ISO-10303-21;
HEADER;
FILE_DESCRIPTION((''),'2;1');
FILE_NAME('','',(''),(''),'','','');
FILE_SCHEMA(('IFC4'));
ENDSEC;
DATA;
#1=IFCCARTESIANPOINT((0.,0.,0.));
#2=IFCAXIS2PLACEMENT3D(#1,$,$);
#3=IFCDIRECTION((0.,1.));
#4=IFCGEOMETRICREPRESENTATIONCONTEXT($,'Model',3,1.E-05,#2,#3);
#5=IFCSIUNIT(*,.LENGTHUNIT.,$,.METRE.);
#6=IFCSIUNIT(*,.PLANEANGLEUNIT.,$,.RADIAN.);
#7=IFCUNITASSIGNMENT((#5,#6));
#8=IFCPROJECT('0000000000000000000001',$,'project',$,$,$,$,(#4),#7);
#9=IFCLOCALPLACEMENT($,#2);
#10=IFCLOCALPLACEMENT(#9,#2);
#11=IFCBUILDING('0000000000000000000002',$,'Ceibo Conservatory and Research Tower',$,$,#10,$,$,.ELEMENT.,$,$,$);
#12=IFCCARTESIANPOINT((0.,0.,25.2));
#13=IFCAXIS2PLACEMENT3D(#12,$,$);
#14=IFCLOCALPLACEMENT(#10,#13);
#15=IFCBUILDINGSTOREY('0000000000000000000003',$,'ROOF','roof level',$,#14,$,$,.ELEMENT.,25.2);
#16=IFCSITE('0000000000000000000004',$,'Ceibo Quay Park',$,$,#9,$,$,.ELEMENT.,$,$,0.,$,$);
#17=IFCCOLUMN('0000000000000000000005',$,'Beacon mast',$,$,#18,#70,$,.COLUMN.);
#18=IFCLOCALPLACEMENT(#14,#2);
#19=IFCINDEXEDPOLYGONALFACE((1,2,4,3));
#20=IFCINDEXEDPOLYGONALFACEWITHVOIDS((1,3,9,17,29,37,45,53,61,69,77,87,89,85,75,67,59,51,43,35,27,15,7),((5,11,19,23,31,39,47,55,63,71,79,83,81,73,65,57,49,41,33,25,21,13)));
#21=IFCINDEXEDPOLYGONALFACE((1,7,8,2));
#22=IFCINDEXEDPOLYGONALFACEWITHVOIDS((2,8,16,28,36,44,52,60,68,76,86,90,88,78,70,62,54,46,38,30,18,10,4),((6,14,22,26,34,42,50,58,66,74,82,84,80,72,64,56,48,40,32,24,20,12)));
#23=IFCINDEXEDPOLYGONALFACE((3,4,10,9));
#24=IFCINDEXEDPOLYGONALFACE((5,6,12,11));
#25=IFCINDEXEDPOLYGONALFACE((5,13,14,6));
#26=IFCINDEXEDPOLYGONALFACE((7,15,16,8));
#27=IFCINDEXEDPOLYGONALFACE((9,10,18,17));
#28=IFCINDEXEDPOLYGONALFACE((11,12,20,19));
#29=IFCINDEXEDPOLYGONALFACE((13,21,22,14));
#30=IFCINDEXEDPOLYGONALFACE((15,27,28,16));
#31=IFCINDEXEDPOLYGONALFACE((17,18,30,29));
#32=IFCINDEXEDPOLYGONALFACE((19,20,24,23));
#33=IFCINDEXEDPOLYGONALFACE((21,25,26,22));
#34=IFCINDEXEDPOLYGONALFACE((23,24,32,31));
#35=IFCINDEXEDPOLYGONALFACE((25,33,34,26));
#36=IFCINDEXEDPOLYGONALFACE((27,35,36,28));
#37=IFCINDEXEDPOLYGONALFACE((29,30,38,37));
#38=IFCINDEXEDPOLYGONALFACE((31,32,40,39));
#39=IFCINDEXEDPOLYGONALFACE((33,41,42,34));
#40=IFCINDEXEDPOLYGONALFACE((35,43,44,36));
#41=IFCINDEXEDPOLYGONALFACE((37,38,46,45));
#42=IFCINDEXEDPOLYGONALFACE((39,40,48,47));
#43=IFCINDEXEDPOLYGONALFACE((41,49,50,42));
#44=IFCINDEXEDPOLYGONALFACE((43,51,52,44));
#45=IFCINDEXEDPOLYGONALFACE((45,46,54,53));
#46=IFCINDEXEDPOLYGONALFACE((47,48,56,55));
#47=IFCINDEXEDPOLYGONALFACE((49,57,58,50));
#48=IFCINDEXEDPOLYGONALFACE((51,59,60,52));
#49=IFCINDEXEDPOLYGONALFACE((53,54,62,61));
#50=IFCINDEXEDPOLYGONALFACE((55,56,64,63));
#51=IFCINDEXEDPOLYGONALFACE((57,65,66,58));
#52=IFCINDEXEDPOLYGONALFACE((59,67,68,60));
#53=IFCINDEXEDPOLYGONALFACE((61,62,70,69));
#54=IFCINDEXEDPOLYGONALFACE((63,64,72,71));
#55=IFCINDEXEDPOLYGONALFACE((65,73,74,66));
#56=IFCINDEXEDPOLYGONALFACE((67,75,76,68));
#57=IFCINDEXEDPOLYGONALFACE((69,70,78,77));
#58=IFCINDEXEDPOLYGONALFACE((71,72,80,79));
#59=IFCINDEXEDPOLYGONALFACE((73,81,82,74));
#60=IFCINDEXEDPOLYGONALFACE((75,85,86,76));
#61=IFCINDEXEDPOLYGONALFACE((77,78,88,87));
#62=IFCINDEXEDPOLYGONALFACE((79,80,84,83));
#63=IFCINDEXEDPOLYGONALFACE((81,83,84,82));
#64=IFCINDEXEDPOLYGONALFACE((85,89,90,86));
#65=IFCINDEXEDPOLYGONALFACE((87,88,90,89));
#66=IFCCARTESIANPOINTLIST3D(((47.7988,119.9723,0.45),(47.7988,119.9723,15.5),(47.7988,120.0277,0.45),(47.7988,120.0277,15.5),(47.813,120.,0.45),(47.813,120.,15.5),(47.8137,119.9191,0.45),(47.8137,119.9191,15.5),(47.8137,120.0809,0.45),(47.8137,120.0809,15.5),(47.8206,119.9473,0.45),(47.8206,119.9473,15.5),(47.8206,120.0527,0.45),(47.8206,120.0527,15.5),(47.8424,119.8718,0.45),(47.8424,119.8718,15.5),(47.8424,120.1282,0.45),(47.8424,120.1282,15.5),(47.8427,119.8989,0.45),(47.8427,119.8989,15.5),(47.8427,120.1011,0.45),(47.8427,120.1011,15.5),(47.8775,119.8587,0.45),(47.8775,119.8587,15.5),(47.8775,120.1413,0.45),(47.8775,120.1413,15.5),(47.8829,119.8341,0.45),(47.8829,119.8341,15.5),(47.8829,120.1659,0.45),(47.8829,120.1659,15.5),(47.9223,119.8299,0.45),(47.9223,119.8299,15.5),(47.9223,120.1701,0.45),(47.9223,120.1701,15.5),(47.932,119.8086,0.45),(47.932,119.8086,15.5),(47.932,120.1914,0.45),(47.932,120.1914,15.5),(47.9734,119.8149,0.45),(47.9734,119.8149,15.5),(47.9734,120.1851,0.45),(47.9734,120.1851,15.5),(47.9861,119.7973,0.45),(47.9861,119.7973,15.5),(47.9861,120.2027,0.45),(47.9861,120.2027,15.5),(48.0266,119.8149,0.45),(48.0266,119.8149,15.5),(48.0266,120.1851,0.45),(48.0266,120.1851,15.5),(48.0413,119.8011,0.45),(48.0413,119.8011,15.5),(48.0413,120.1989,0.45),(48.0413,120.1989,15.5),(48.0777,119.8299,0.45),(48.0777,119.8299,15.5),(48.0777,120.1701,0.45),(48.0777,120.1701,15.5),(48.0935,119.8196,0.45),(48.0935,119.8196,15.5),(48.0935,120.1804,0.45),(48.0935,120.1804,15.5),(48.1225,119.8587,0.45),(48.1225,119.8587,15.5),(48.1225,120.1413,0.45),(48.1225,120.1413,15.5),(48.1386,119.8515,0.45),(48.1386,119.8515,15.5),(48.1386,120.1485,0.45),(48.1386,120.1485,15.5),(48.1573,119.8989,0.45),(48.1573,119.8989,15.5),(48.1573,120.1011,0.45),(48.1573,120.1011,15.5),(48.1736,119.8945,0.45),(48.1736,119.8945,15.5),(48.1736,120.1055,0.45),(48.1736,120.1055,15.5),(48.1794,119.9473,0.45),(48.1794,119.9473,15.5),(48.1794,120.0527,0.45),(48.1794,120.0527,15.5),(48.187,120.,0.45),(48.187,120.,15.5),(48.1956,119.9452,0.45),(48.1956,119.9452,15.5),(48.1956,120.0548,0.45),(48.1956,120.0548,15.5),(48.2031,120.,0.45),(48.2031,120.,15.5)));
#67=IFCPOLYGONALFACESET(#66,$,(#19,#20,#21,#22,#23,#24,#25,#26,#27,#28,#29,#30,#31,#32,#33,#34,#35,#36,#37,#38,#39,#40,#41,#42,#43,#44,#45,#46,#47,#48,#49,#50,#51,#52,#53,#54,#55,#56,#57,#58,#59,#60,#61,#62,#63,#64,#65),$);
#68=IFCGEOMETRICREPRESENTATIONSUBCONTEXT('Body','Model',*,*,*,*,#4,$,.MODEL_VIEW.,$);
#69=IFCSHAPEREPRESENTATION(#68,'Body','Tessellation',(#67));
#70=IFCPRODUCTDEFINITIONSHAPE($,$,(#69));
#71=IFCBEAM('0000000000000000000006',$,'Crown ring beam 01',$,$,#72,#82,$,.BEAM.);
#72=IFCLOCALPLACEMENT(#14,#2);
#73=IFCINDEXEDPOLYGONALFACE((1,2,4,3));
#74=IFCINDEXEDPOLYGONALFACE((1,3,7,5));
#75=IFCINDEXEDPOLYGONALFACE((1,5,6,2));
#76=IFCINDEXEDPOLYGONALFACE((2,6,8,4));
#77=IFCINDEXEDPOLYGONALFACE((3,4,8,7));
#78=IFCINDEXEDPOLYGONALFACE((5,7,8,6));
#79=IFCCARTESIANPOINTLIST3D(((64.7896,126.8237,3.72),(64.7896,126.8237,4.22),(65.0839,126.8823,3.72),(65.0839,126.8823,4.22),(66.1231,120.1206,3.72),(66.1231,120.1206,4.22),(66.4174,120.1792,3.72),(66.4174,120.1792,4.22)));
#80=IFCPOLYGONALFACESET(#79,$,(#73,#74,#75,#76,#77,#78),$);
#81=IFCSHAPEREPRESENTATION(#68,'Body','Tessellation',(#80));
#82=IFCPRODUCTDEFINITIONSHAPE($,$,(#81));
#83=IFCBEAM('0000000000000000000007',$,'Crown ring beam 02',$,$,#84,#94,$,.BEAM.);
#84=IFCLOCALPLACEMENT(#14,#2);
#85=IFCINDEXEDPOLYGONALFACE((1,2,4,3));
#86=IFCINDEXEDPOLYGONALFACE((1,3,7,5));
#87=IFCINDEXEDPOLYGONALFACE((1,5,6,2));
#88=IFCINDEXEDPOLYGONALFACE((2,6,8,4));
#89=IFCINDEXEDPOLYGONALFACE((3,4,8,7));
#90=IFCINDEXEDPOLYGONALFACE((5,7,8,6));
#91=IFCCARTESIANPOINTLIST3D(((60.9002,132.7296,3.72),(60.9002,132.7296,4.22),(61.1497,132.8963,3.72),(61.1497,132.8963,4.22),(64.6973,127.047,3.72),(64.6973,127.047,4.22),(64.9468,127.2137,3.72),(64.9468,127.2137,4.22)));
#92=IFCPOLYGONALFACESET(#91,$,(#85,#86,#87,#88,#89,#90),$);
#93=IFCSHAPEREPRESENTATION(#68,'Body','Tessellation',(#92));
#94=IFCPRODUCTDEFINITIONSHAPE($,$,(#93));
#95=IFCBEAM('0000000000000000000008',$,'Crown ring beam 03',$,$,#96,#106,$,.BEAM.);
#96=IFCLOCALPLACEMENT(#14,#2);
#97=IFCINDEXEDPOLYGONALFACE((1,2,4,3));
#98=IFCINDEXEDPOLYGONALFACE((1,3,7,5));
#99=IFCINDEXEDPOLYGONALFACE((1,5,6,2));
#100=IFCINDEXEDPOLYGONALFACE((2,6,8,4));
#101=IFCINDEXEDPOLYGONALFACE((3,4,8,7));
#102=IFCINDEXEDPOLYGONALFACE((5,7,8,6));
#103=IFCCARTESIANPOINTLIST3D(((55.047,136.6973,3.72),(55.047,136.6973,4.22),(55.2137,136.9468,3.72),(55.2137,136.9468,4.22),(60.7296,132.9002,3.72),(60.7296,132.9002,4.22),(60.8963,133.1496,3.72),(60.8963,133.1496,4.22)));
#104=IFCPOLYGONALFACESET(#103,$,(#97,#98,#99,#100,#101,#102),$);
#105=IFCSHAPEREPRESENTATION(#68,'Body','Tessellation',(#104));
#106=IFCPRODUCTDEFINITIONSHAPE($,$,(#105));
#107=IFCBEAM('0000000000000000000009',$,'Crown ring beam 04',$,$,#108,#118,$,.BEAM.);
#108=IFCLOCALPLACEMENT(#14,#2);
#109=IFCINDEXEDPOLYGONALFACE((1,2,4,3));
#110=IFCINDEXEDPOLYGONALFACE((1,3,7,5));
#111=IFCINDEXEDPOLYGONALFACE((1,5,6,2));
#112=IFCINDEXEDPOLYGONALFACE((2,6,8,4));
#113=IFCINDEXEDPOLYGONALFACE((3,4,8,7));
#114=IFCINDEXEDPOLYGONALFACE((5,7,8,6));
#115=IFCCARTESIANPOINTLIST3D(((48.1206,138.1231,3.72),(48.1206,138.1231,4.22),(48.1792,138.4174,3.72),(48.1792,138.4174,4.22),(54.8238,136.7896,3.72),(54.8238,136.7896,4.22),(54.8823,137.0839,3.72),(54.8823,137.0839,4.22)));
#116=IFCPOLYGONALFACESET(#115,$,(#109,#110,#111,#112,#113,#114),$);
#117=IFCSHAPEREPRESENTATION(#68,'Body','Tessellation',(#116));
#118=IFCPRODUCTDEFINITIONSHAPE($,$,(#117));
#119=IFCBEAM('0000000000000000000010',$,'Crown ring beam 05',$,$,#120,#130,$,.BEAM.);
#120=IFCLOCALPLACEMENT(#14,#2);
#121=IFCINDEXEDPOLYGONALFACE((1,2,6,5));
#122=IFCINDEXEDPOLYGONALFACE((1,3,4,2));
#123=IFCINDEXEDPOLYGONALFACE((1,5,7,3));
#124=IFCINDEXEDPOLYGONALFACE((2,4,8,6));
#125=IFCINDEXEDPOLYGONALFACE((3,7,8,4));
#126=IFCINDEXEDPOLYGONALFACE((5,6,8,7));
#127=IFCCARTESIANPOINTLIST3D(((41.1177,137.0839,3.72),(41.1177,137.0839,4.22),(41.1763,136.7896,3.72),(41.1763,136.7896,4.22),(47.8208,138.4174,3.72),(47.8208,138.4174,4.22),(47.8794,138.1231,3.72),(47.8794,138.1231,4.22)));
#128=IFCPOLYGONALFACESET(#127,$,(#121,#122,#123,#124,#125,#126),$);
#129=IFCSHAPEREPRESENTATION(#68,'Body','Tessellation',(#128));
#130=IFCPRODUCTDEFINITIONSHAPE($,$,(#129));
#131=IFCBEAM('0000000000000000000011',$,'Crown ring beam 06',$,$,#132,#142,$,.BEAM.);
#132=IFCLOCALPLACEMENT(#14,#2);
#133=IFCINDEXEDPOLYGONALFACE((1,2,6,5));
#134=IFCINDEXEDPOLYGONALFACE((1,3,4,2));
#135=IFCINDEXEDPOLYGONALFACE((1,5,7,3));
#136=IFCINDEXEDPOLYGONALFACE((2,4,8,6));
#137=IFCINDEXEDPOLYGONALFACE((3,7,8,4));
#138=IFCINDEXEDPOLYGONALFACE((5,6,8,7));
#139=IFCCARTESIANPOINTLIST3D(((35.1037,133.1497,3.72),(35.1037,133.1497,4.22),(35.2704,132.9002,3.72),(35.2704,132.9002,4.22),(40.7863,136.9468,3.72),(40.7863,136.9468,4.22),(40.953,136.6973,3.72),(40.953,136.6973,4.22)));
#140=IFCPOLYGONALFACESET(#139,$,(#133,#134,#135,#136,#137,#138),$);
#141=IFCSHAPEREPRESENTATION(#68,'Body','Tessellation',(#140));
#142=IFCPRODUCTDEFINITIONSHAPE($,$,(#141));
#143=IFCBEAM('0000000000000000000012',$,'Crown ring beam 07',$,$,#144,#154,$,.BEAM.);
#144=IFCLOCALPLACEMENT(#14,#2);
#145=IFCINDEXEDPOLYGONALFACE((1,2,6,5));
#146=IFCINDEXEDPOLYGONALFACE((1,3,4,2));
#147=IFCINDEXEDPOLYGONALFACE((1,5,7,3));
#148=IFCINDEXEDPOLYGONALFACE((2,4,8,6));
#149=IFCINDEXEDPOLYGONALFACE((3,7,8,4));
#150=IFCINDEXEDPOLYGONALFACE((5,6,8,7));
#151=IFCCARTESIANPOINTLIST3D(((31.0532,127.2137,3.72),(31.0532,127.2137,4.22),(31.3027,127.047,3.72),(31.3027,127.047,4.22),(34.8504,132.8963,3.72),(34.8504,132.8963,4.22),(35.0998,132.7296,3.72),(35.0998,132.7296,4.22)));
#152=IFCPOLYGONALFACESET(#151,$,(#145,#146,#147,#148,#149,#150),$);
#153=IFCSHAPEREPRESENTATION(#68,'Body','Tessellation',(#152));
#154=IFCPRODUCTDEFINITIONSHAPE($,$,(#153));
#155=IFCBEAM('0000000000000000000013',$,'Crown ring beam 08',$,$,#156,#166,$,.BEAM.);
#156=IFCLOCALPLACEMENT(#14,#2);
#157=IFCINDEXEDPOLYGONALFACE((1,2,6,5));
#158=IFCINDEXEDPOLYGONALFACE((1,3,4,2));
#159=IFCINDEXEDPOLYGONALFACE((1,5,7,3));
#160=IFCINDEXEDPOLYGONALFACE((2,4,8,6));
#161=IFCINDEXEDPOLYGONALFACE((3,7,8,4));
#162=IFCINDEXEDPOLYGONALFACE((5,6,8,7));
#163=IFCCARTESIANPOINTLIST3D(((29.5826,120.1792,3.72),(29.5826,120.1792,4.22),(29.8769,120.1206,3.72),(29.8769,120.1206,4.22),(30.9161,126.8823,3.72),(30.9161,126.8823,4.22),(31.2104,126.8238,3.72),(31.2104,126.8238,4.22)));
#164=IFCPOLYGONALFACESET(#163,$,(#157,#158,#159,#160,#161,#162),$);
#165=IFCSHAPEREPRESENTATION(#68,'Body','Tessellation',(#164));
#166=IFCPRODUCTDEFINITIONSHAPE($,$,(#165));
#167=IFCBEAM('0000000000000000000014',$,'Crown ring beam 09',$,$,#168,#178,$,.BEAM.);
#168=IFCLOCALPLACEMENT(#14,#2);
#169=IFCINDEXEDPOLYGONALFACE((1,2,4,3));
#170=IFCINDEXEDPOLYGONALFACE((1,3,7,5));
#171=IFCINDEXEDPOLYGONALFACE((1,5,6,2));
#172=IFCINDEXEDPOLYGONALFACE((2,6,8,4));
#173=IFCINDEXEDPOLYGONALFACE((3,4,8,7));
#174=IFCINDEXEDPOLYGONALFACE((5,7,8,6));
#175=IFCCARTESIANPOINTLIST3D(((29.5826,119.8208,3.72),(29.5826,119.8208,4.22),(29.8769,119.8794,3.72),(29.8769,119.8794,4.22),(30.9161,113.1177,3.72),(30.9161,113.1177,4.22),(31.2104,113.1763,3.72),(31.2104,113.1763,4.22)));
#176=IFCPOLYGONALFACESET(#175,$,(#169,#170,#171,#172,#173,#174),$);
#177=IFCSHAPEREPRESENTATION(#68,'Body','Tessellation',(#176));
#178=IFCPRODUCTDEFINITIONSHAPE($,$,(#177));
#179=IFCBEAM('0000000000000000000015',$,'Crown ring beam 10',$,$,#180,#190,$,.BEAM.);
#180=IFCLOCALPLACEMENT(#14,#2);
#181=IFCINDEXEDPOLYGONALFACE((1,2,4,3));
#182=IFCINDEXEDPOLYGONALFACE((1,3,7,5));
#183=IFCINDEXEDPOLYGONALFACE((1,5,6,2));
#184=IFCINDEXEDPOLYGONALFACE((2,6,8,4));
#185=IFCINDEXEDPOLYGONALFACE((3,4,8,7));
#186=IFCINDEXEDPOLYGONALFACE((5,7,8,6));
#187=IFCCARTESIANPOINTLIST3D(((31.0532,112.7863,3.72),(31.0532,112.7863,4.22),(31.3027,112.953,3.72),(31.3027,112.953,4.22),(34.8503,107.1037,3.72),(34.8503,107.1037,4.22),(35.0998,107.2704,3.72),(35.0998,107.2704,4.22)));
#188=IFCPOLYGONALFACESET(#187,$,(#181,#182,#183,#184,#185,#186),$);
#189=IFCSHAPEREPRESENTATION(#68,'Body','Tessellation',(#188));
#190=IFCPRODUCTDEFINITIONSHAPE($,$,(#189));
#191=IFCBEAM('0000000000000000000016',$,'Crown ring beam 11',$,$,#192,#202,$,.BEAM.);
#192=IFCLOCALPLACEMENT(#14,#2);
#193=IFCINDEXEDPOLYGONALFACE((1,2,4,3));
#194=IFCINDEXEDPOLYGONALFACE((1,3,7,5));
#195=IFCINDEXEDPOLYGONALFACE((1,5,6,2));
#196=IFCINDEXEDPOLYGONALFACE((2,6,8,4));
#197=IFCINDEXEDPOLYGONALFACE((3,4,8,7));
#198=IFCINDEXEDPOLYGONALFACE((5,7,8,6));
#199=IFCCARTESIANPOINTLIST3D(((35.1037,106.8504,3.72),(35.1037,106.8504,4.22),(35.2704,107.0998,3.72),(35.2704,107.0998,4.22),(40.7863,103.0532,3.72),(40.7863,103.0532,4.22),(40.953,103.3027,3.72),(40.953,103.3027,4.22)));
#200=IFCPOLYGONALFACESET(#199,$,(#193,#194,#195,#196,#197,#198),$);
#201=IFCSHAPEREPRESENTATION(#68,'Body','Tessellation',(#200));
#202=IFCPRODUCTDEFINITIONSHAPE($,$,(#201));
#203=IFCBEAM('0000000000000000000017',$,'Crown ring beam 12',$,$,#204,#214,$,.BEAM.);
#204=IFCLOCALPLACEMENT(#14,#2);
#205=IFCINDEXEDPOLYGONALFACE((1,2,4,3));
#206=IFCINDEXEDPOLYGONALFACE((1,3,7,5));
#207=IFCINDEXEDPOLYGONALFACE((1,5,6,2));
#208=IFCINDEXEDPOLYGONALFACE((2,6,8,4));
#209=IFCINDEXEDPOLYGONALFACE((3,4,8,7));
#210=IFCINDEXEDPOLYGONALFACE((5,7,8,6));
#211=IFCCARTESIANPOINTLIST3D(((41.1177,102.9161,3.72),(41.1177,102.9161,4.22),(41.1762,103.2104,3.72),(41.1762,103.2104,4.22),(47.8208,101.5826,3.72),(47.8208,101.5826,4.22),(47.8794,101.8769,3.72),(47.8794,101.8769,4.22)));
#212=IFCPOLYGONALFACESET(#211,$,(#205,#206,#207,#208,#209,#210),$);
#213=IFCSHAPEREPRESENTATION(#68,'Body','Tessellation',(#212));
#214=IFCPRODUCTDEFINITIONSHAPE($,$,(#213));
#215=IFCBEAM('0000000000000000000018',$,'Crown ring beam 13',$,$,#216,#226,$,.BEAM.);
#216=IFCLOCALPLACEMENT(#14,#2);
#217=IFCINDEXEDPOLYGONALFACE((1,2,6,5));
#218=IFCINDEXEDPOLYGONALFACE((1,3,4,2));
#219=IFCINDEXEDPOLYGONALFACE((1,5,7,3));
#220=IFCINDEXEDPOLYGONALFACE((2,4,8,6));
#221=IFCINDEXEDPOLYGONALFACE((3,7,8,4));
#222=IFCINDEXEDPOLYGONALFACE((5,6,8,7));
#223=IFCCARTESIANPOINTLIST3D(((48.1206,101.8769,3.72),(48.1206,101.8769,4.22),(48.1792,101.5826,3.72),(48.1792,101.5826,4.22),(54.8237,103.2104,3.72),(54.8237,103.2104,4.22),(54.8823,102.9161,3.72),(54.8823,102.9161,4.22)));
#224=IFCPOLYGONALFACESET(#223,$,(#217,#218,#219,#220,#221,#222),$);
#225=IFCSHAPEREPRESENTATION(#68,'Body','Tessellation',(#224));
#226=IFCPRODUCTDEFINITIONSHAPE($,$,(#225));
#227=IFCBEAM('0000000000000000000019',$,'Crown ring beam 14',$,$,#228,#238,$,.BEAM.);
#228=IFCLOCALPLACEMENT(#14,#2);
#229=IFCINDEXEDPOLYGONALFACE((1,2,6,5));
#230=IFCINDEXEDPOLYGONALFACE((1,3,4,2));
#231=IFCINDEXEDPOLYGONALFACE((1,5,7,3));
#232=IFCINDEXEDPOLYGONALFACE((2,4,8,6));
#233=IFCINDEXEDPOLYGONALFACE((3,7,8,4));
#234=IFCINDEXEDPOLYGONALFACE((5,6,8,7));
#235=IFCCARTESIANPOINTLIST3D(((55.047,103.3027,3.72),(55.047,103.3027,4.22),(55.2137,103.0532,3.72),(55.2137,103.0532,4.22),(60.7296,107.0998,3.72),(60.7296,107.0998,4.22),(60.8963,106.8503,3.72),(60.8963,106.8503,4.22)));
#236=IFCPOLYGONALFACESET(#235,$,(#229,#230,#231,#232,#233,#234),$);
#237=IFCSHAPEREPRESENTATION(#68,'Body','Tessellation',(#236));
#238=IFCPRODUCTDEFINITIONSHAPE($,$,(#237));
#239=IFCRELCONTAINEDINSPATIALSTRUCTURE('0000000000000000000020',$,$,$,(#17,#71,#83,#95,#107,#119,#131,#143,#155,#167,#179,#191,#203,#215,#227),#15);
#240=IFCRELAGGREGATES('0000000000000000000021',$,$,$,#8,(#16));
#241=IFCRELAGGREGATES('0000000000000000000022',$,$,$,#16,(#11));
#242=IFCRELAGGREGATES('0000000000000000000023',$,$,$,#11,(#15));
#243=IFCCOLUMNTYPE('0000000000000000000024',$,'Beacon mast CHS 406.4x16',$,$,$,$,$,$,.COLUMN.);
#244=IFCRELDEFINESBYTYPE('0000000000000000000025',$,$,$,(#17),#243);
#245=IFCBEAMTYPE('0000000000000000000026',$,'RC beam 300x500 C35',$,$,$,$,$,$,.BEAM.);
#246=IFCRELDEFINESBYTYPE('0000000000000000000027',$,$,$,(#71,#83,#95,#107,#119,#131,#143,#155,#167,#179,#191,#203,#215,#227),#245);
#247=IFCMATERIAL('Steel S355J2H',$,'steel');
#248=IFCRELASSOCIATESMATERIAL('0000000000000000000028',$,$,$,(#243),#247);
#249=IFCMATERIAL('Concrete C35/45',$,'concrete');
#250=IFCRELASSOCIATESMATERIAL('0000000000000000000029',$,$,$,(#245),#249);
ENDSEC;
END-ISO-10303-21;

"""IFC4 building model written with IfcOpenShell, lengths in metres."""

from ifc_helpers import new_model, si_unit, direction, frame, origin, origin_2d, place, context, subcontext, project, spatial, rectangle, hollow_circle, extrude, material, material_profile, profile_set, type_object, element, save


model = new_model("IFC4")

# Units and contexts
model_context = context("Model", 3, precision=1e-05, world=origin(), true_north=direction((0.0, 1.0)))
body_context = subcontext(model_context, "Body", "Model", "MODEL_VIEW")
ifc_project = project(units=[si_unit("LENGTHUNIT", "METRE"), si_unit("PLANEANGLEUNIT", "RADIAN")], contexts=[model_context])

# Site, building, storey
site_placement = place(None, origin())
site = spatial("IfcSite", under=ifc_project, at=site_placement, Name="Ceibo Quay Park", CompositionType="ELEMENT", RefElevation=0.0)
building_placement = place(site_placement, origin())
building = spatial("IfcBuilding", under=site, at=building_placement, Name="Ceibo Conservatory and Research Tower", CompositionType="ELEMENT")
storey_placement = place(building_placement, frame((0.0, 0.0, 25.2)))
storey = spatial("IfcBuildingStorey", under=building, at=storey_placement, Name="ROOF", Description="roof level", CompositionType="ELEMENT", Elevation=25.2)

# Column
ifc_material_1 = material(Name="Steel S355J2H", Category="steel")
ifc_material_profile_1 = material_profile(ifc_material_1, hollow_circle(Radius=0.2031, WallThickness=0.0161, at=origin_2d()), Name="CHS 406.4x16")
ifc_profile_set_1 = profile_set([ifc_material_profile_1], Name="Steel S355J2H")
column_type = type_object("IfcColumnType", Name="Beacon mast CHS 406.4x16", PredefinedType="COLUMN", material=ifc_profile_set_1)
column_placement = place(storey_placement, frame((48.0, 120.0, 0.45), z_axis=(0.0, 0.0, 1.0), x_axis=(1.0, 0.0, 0.0)))
element("IfcColumn", 1, at=column_placement, inside=storey, type_object=column_type, Name="Beacon mast", PredefinedType="COLUMN", context=body_context, shape_type="SweptSolid", body=[
    extrude(hollow_circle(Radius=0.2031, WallThickness=0.0161, at=origin_2d()), origin(), (0.0, 0.0, 1.0), 15.05),
])

# Beams
ifc_material_2 = material(Name="Concrete C35/45", Category="concrete")
ifc_material_profile_2 = material_profile(ifc_material_2, rectangle(XDim=0.3, YDim=0.5, at=origin_2d()), Name="RC 300x500")
ifc_profile_set_2 = profile_set([ifc_material_profile_2], Name="Concrete C35/45")
beam_type = type_object("IfcBeamType", Name="RC beam 300x500 C35", PredefinedType="BEAM", material=ifc_profile_set_2)
for number, where, z_axis, x_axis, name in (
    (2, (66.2703, 120.1499, 3.97), (-0.195113, 0.980781, 0.0), (-0.980781, -0.195113, 0.0), "Crown ring beam 01"),
    (3, (64.822, 127.1304, 3.97), (-0.555582, 0.831462, 0.0), (-0.831462, -0.555582, 0.0), "Crown ring beam 02"),
    (4, (60.813, 133.0249, 3.97), (-0.831462, 0.555582, 0.0), (-0.555582, -0.831462, 0.0), "Crown ring beam 03"),
    (5, (54.853, 136.9368, 3.97), (-0.980781, 0.195113, 0.0), (-0.195113, -0.980781, 0.0), "Crown ring beam 04"),
    (6, (47.8501, 138.2703, 3.97), (-0.980781, -0.195113, 0.0), (0.195113, -0.980781, 0.0), "Crown ring beam 05"),
    (7, (40.8696, 136.822, 3.97), (-0.831462, -0.555582, 0.0), (0.555582, -0.831462, 0.0), "Crown ring beam 06"),
    (8, (34.9751, 132.813, 3.97), (-0.555582, -0.831462, 0.0), (0.831462, -0.555582, 0.0), "Crown ring beam 07"),
    (9, (31.0632, 126.853, 3.97), (-0.195113, -0.980781, 0.0), (0.980781, -0.195113, 0.0), "Crown ring beam 08"),
    (10, (29.7297, 119.8501, 3.97), (0.195113, -0.980781, 0.0), (0.980781, 0.195113, 0.0), "Crown ring beam 09"),
    (11, (31.178, 112.8696, 3.97), (0.555582, -0.831462, 0.0), (0.831462, 0.555582, 0.0), "Crown ring beam 10"),
    (12, (35.187, 106.9751, 3.97), (0.831462, -0.555582, 0.0), (0.555582, 0.831462, 0.0), "Crown ring beam 11"),
    (13, (41.147, 103.0632, 3.97), (0.980781, -0.195113, 0.0), (0.195113, 0.980781, 0.0), "Crown ring beam 12"),
    (14, (48.1499, 101.7297, 3.97), (0.980781, 0.195113, 0.0), (-0.195113, 0.980781, 0.0), "Crown ring beam 13"),
    (15, (55.1304, 103.178, 3.97), (0.831462, 0.555582, 0.0), (-0.555582, 0.831462, 0.0), "Crown ring beam 14"),
):
    element("IfcBeam", number, at=place(storey_placement, frame(where, z_axis=z_axis, x_axis=x_axis)), inside=storey, type_object=beam_type, Name=name, PredefinedType="BEAM", context=body_context, shape_type="SweptSolid", body=[
        extrude(rectangle(XDim=0.3, YDim=0.5, at=origin_2d()), origin(), (0.0, 0.0, 1.0), 6.8345),
    ])

save(model, "model.ifc")
